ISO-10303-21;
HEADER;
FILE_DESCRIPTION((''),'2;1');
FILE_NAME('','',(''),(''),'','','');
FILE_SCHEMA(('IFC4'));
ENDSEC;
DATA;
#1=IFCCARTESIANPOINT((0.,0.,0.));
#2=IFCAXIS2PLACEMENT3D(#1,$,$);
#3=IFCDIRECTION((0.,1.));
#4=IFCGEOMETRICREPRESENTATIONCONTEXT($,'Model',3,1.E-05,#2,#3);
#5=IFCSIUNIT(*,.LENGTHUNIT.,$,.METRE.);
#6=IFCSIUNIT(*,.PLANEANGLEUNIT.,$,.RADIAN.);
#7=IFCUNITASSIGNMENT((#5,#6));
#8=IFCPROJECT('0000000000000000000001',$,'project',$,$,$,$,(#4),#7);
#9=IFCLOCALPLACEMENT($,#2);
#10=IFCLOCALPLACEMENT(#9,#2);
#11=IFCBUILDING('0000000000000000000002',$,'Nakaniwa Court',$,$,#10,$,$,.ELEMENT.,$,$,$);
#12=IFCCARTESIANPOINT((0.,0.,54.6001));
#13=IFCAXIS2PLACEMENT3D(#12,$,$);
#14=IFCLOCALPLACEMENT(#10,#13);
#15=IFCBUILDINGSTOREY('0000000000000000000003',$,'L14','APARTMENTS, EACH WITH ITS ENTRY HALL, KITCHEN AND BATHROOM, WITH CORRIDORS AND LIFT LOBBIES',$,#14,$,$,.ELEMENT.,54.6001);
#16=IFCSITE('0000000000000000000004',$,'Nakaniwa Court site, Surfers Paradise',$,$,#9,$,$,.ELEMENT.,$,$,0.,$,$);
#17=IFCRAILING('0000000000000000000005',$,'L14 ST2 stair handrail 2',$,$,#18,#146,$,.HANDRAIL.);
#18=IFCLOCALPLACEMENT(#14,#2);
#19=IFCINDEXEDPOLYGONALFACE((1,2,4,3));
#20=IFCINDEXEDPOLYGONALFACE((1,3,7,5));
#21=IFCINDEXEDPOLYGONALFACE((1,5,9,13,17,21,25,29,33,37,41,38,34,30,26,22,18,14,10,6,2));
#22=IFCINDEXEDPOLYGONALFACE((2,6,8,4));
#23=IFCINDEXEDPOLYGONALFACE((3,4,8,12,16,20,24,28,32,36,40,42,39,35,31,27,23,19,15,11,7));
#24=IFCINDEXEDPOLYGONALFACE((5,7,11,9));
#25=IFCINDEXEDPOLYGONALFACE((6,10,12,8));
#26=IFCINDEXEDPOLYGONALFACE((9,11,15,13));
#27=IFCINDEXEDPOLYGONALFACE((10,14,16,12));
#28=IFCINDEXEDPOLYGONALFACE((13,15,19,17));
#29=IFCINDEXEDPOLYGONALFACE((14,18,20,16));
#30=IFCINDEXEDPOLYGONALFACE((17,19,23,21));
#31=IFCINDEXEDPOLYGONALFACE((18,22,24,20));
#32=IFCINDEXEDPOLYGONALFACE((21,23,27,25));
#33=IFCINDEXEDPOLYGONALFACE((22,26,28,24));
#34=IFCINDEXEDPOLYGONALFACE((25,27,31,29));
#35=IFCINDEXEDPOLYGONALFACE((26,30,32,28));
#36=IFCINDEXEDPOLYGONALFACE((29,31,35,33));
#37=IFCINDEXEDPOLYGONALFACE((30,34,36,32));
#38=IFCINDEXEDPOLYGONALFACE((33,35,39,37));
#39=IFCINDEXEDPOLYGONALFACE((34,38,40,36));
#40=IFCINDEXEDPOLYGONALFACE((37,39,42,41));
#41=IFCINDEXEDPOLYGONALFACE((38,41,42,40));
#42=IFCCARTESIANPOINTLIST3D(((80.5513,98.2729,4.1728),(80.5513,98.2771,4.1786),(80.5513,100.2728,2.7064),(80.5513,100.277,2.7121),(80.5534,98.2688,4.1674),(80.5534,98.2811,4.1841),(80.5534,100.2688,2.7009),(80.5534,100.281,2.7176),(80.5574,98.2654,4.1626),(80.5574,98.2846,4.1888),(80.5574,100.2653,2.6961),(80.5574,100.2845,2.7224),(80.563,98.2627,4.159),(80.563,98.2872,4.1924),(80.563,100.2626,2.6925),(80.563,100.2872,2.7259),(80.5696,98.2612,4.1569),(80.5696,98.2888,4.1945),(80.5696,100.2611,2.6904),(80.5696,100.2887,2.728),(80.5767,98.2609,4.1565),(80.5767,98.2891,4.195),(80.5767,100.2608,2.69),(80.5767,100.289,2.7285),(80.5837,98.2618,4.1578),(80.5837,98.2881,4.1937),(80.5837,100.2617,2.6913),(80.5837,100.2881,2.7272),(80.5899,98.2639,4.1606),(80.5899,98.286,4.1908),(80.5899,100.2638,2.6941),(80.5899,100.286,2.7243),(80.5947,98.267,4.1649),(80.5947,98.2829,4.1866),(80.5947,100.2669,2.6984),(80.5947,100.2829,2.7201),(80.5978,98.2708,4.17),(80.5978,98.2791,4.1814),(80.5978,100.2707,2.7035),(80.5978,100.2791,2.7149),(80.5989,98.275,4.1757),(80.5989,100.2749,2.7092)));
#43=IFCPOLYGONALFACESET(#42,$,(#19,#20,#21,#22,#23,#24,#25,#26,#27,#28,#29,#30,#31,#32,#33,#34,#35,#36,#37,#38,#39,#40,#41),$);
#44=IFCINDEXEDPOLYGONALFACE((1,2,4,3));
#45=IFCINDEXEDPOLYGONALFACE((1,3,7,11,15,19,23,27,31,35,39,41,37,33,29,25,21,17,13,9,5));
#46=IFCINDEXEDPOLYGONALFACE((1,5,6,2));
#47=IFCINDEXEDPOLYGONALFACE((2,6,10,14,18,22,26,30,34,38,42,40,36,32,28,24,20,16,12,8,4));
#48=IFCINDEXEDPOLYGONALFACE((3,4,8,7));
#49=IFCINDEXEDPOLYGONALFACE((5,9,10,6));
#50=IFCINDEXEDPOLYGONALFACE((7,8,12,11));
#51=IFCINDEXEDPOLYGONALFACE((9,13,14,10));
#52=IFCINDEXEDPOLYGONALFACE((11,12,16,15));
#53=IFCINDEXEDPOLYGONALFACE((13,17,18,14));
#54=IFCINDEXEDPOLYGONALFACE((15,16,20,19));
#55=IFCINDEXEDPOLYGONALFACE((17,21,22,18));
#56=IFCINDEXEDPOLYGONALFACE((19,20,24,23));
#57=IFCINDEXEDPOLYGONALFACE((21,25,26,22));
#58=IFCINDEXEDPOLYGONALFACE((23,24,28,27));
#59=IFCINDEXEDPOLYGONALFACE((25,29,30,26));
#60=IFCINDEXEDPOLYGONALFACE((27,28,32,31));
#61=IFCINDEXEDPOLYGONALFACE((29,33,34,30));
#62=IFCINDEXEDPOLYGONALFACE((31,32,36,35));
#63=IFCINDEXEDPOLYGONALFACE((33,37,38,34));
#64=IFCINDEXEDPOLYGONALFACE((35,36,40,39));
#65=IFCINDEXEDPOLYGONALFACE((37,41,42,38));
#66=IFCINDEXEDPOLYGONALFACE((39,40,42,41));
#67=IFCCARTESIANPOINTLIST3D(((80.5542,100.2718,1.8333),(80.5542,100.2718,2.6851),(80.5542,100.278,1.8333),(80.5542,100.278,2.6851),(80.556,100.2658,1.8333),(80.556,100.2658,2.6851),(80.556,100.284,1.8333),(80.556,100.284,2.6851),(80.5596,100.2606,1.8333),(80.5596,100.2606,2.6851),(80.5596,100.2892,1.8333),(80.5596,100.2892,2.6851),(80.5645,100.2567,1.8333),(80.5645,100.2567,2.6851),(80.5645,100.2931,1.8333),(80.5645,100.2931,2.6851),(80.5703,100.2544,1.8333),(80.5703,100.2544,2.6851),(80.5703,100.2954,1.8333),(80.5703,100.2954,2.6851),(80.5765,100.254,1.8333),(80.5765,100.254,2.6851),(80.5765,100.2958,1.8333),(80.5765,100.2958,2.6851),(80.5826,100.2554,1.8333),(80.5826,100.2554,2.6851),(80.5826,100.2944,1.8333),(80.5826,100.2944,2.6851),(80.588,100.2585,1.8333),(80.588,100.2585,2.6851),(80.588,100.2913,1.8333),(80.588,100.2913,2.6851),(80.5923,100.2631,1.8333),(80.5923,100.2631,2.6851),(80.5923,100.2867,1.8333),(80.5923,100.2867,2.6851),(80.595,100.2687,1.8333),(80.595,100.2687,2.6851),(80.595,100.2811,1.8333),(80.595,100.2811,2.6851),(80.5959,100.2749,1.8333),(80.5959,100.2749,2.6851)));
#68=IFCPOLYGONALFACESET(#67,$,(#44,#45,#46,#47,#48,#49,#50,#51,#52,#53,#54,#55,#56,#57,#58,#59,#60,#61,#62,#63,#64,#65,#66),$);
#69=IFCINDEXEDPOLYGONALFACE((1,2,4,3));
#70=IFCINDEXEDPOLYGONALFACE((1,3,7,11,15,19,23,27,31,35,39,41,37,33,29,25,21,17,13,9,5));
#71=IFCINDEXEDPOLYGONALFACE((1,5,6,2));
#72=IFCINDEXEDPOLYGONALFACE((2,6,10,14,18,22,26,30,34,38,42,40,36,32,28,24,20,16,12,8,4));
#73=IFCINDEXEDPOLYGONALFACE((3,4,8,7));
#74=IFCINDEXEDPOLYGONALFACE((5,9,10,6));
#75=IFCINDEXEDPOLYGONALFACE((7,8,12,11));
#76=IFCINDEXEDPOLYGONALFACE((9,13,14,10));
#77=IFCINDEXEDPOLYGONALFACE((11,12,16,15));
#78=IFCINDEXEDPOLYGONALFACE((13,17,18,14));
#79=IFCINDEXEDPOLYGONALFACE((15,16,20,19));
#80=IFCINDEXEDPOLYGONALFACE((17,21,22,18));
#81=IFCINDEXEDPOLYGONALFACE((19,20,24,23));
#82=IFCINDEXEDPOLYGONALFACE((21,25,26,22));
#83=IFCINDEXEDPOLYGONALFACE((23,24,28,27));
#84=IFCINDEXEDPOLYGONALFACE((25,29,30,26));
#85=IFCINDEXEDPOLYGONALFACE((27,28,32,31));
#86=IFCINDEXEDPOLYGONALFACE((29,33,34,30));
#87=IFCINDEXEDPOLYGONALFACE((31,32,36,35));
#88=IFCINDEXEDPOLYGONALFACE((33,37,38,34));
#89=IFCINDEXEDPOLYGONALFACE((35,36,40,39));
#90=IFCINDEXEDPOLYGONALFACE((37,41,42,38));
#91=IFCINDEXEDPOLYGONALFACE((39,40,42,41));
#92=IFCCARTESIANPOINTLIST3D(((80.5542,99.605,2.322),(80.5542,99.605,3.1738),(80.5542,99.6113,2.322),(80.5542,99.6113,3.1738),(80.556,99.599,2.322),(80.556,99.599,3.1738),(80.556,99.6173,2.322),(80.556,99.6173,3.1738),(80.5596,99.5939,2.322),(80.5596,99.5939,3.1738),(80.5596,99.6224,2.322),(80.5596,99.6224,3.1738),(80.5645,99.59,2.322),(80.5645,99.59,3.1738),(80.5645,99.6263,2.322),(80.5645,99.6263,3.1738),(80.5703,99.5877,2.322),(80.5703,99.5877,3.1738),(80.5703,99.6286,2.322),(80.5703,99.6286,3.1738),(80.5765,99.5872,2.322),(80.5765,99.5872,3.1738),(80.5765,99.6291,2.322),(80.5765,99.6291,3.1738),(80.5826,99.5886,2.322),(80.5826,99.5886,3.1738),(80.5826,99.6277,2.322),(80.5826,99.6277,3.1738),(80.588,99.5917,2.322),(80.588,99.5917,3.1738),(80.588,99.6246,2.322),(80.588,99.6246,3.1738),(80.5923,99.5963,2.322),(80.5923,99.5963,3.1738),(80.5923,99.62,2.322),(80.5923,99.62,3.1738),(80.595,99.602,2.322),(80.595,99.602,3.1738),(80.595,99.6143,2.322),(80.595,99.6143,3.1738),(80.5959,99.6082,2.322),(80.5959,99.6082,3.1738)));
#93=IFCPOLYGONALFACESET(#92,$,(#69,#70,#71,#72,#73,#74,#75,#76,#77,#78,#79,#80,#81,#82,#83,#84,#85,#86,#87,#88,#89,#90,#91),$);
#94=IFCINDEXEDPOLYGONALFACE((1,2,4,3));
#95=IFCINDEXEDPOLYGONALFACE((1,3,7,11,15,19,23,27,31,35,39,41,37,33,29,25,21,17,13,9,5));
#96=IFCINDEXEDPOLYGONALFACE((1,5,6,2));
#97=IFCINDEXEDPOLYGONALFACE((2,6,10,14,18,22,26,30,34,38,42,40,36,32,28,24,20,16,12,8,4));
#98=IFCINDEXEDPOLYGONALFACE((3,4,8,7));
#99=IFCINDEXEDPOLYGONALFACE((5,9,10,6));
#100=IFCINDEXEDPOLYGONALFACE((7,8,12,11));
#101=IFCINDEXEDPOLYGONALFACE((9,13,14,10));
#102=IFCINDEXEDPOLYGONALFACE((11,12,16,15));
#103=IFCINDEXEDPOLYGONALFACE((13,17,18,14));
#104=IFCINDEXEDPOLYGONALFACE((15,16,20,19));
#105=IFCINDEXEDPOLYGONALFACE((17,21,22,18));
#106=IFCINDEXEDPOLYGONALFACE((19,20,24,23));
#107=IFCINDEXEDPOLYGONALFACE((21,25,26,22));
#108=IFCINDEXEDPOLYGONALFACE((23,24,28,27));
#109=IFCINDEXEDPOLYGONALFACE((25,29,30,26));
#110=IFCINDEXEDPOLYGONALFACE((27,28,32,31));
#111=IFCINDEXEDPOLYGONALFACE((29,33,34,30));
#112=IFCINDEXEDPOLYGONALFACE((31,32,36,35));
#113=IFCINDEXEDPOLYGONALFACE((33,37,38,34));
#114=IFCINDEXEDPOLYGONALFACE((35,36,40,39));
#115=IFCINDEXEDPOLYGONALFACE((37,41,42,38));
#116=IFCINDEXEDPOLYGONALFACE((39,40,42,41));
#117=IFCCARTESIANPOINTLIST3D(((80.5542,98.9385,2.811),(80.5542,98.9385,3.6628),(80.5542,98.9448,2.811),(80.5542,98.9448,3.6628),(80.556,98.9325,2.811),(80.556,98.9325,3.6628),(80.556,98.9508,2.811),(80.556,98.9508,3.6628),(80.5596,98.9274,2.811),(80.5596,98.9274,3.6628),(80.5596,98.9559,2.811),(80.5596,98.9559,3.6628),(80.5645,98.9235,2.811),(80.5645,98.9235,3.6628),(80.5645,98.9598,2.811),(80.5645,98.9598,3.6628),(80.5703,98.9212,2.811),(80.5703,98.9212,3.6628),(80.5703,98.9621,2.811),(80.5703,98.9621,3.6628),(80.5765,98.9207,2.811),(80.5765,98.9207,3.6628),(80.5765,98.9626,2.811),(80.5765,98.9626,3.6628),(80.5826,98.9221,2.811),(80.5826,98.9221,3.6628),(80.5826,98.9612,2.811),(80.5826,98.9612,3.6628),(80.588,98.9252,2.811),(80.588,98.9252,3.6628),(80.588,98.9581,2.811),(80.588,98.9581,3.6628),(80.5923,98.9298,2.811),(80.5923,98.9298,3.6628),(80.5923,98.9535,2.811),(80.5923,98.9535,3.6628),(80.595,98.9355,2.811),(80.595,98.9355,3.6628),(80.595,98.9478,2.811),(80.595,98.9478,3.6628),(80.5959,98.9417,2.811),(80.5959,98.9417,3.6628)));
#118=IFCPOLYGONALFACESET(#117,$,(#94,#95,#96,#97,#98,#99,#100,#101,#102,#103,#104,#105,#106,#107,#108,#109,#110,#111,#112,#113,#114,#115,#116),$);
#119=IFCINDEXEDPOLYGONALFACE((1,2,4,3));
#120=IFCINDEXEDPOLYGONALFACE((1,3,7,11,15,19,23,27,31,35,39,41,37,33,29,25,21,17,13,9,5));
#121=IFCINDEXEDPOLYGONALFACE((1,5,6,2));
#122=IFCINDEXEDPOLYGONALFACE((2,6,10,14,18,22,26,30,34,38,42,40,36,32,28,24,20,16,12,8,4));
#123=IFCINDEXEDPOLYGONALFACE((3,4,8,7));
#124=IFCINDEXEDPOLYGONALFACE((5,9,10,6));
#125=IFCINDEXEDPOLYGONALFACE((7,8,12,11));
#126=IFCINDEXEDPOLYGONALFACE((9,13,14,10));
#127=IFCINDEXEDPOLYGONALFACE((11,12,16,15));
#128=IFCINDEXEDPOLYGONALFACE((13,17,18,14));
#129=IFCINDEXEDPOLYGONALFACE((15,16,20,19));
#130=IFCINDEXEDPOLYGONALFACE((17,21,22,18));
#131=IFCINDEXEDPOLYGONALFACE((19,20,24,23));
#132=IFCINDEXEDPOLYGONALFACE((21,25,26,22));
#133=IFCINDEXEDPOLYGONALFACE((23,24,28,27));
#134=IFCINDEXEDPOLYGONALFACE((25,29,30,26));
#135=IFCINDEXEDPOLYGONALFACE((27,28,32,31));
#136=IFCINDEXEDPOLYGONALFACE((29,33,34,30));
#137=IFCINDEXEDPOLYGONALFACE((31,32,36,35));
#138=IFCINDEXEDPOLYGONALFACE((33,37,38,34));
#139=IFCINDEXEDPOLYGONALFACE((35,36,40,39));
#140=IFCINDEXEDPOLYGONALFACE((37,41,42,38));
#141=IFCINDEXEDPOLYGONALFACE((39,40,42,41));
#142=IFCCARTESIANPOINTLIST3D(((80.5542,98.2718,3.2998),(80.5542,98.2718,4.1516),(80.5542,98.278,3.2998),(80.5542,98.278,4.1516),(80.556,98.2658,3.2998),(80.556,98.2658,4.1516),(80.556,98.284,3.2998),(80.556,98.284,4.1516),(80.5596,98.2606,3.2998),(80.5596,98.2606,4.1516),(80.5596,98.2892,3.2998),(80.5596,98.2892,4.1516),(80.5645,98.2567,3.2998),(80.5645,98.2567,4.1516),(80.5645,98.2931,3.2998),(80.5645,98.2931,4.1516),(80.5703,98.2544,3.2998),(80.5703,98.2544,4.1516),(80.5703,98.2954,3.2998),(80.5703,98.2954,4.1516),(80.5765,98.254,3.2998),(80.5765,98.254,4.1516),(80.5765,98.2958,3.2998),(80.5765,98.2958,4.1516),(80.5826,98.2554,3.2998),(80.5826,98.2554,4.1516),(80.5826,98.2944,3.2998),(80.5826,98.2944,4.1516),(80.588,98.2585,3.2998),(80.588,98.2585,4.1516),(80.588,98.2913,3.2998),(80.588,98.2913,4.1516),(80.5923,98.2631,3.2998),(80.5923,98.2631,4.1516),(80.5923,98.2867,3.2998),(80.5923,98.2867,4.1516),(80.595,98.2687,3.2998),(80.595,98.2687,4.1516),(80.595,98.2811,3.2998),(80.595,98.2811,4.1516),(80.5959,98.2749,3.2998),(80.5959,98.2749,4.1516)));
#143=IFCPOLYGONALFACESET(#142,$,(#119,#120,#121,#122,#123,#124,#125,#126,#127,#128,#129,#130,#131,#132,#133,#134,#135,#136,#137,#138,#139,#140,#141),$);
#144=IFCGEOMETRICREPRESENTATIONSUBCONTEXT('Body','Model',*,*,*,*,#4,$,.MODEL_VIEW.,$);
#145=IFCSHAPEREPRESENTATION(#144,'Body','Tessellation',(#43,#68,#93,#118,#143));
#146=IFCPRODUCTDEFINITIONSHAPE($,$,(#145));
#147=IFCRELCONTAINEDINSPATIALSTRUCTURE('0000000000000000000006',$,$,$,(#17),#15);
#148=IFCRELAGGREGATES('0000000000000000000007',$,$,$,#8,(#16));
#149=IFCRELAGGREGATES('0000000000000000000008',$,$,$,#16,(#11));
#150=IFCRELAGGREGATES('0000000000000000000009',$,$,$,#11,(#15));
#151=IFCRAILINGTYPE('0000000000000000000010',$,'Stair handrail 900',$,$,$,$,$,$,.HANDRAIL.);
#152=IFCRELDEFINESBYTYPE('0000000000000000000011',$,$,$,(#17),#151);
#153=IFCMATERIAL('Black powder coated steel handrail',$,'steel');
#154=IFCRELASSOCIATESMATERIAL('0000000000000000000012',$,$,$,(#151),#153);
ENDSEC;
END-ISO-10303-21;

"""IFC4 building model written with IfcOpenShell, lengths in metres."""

from ifc_helpers import new_model, si_unit, direction, frame, origin, origin_2d, place, context, subcontext, project, spatial, circle, extrude, material, type_object, element, save


model = new_model("IFC4")

# Units and contexts
model_context = context("Model", 3, precision=1e-05, world=origin(), true_north=direction((0.0, 1.0)))
body_context = subcontext(model_context, "Body", "Model", "MODEL_VIEW")
ifc_project = project(units=[si_unit("LENGTHUNIT", "METRE"), si_unit("PLANEANGLEUNIT", "RADIAN")], contexts=[model_context])

# Site, building, storey
site_placement = place(None, origin())
site = spatial("IfcSite", under=ifc_project, at=site_placement, Name="Nakaniwa Court site, Surfers Paradise", CompositionType="ELEMENT", RefElevation=0.0)
building_placement = place(site_placement, origin())
building = spatial("IfcBuilding", under=site, at=building_placement, Name="Nakaniwa Court", CompositionType="ELEMENT")
storey_placement = place(building_placement, frame((0.0, 0.0, 54.6001)))
storey = spatial("IfcBuildingStorey", under=building, at=storey_placement, Name="L14", Description="APARTMENTS, EACH WITH ITS ENTRY HALL, KITCHEN AND BATHROOM, WITH CORRIDORS AND LIFT LOBBIES", CompositionType="ELEMENT", Elevation=54.6001)

# Railing
ifc_material_1 = material(Name="Black powder coated steel handrail", Category="steel")
railing_type_1 = type_object("IfcRailingType", Name="Stair handrail 900", PredefinedType="HANDRAIL", material=ifc_material_1)
railing_1_placement = place(storey_placement, frame((80.575, 100.2749, 1.8333)))
element("IfcRailing", 1, at=railing_1_placement, inside=storey, type_object=railing_type_1, Name="L14 ST2 stair handrail 2", PredefinedType="HANDRAIL", context=body_context, shape_type="SweptSolid", body=[
    extrude(circle(Radius=0.0239, at=origin_2d()), frame((0.0, 0.0, 0.876), z_axis=(0.0, -0.806427, 0.591334), x_axis=(1.0, 0.0, 0.0)), (0.0, 0.0, 1.0), 2.48),
    extrude(circle(Radius=0.021, at=origin_2d()), origin(), (0.0, 0.0, 1.0), 0.8518),
    extrude(circle(Radius=0.021, at=origin_2d()), frame((0.0, -0.6667, 0.4888)), (0.0, 0.0, 1.0), 0.8518),
    extrude(circle(Radius=0.021, at=origin_2d()), frame((0.0, -1.3333, 0.9778)), (0.0, 0.0, 1.0), 0.8518),
    extrude(circle(Radius=0.021, at=origin_2d()), frame((0.0, -2.0, 1.4666)), (0.0, 0.0, 1.0), 0.8518),
])

save(model, "model.ifc")
